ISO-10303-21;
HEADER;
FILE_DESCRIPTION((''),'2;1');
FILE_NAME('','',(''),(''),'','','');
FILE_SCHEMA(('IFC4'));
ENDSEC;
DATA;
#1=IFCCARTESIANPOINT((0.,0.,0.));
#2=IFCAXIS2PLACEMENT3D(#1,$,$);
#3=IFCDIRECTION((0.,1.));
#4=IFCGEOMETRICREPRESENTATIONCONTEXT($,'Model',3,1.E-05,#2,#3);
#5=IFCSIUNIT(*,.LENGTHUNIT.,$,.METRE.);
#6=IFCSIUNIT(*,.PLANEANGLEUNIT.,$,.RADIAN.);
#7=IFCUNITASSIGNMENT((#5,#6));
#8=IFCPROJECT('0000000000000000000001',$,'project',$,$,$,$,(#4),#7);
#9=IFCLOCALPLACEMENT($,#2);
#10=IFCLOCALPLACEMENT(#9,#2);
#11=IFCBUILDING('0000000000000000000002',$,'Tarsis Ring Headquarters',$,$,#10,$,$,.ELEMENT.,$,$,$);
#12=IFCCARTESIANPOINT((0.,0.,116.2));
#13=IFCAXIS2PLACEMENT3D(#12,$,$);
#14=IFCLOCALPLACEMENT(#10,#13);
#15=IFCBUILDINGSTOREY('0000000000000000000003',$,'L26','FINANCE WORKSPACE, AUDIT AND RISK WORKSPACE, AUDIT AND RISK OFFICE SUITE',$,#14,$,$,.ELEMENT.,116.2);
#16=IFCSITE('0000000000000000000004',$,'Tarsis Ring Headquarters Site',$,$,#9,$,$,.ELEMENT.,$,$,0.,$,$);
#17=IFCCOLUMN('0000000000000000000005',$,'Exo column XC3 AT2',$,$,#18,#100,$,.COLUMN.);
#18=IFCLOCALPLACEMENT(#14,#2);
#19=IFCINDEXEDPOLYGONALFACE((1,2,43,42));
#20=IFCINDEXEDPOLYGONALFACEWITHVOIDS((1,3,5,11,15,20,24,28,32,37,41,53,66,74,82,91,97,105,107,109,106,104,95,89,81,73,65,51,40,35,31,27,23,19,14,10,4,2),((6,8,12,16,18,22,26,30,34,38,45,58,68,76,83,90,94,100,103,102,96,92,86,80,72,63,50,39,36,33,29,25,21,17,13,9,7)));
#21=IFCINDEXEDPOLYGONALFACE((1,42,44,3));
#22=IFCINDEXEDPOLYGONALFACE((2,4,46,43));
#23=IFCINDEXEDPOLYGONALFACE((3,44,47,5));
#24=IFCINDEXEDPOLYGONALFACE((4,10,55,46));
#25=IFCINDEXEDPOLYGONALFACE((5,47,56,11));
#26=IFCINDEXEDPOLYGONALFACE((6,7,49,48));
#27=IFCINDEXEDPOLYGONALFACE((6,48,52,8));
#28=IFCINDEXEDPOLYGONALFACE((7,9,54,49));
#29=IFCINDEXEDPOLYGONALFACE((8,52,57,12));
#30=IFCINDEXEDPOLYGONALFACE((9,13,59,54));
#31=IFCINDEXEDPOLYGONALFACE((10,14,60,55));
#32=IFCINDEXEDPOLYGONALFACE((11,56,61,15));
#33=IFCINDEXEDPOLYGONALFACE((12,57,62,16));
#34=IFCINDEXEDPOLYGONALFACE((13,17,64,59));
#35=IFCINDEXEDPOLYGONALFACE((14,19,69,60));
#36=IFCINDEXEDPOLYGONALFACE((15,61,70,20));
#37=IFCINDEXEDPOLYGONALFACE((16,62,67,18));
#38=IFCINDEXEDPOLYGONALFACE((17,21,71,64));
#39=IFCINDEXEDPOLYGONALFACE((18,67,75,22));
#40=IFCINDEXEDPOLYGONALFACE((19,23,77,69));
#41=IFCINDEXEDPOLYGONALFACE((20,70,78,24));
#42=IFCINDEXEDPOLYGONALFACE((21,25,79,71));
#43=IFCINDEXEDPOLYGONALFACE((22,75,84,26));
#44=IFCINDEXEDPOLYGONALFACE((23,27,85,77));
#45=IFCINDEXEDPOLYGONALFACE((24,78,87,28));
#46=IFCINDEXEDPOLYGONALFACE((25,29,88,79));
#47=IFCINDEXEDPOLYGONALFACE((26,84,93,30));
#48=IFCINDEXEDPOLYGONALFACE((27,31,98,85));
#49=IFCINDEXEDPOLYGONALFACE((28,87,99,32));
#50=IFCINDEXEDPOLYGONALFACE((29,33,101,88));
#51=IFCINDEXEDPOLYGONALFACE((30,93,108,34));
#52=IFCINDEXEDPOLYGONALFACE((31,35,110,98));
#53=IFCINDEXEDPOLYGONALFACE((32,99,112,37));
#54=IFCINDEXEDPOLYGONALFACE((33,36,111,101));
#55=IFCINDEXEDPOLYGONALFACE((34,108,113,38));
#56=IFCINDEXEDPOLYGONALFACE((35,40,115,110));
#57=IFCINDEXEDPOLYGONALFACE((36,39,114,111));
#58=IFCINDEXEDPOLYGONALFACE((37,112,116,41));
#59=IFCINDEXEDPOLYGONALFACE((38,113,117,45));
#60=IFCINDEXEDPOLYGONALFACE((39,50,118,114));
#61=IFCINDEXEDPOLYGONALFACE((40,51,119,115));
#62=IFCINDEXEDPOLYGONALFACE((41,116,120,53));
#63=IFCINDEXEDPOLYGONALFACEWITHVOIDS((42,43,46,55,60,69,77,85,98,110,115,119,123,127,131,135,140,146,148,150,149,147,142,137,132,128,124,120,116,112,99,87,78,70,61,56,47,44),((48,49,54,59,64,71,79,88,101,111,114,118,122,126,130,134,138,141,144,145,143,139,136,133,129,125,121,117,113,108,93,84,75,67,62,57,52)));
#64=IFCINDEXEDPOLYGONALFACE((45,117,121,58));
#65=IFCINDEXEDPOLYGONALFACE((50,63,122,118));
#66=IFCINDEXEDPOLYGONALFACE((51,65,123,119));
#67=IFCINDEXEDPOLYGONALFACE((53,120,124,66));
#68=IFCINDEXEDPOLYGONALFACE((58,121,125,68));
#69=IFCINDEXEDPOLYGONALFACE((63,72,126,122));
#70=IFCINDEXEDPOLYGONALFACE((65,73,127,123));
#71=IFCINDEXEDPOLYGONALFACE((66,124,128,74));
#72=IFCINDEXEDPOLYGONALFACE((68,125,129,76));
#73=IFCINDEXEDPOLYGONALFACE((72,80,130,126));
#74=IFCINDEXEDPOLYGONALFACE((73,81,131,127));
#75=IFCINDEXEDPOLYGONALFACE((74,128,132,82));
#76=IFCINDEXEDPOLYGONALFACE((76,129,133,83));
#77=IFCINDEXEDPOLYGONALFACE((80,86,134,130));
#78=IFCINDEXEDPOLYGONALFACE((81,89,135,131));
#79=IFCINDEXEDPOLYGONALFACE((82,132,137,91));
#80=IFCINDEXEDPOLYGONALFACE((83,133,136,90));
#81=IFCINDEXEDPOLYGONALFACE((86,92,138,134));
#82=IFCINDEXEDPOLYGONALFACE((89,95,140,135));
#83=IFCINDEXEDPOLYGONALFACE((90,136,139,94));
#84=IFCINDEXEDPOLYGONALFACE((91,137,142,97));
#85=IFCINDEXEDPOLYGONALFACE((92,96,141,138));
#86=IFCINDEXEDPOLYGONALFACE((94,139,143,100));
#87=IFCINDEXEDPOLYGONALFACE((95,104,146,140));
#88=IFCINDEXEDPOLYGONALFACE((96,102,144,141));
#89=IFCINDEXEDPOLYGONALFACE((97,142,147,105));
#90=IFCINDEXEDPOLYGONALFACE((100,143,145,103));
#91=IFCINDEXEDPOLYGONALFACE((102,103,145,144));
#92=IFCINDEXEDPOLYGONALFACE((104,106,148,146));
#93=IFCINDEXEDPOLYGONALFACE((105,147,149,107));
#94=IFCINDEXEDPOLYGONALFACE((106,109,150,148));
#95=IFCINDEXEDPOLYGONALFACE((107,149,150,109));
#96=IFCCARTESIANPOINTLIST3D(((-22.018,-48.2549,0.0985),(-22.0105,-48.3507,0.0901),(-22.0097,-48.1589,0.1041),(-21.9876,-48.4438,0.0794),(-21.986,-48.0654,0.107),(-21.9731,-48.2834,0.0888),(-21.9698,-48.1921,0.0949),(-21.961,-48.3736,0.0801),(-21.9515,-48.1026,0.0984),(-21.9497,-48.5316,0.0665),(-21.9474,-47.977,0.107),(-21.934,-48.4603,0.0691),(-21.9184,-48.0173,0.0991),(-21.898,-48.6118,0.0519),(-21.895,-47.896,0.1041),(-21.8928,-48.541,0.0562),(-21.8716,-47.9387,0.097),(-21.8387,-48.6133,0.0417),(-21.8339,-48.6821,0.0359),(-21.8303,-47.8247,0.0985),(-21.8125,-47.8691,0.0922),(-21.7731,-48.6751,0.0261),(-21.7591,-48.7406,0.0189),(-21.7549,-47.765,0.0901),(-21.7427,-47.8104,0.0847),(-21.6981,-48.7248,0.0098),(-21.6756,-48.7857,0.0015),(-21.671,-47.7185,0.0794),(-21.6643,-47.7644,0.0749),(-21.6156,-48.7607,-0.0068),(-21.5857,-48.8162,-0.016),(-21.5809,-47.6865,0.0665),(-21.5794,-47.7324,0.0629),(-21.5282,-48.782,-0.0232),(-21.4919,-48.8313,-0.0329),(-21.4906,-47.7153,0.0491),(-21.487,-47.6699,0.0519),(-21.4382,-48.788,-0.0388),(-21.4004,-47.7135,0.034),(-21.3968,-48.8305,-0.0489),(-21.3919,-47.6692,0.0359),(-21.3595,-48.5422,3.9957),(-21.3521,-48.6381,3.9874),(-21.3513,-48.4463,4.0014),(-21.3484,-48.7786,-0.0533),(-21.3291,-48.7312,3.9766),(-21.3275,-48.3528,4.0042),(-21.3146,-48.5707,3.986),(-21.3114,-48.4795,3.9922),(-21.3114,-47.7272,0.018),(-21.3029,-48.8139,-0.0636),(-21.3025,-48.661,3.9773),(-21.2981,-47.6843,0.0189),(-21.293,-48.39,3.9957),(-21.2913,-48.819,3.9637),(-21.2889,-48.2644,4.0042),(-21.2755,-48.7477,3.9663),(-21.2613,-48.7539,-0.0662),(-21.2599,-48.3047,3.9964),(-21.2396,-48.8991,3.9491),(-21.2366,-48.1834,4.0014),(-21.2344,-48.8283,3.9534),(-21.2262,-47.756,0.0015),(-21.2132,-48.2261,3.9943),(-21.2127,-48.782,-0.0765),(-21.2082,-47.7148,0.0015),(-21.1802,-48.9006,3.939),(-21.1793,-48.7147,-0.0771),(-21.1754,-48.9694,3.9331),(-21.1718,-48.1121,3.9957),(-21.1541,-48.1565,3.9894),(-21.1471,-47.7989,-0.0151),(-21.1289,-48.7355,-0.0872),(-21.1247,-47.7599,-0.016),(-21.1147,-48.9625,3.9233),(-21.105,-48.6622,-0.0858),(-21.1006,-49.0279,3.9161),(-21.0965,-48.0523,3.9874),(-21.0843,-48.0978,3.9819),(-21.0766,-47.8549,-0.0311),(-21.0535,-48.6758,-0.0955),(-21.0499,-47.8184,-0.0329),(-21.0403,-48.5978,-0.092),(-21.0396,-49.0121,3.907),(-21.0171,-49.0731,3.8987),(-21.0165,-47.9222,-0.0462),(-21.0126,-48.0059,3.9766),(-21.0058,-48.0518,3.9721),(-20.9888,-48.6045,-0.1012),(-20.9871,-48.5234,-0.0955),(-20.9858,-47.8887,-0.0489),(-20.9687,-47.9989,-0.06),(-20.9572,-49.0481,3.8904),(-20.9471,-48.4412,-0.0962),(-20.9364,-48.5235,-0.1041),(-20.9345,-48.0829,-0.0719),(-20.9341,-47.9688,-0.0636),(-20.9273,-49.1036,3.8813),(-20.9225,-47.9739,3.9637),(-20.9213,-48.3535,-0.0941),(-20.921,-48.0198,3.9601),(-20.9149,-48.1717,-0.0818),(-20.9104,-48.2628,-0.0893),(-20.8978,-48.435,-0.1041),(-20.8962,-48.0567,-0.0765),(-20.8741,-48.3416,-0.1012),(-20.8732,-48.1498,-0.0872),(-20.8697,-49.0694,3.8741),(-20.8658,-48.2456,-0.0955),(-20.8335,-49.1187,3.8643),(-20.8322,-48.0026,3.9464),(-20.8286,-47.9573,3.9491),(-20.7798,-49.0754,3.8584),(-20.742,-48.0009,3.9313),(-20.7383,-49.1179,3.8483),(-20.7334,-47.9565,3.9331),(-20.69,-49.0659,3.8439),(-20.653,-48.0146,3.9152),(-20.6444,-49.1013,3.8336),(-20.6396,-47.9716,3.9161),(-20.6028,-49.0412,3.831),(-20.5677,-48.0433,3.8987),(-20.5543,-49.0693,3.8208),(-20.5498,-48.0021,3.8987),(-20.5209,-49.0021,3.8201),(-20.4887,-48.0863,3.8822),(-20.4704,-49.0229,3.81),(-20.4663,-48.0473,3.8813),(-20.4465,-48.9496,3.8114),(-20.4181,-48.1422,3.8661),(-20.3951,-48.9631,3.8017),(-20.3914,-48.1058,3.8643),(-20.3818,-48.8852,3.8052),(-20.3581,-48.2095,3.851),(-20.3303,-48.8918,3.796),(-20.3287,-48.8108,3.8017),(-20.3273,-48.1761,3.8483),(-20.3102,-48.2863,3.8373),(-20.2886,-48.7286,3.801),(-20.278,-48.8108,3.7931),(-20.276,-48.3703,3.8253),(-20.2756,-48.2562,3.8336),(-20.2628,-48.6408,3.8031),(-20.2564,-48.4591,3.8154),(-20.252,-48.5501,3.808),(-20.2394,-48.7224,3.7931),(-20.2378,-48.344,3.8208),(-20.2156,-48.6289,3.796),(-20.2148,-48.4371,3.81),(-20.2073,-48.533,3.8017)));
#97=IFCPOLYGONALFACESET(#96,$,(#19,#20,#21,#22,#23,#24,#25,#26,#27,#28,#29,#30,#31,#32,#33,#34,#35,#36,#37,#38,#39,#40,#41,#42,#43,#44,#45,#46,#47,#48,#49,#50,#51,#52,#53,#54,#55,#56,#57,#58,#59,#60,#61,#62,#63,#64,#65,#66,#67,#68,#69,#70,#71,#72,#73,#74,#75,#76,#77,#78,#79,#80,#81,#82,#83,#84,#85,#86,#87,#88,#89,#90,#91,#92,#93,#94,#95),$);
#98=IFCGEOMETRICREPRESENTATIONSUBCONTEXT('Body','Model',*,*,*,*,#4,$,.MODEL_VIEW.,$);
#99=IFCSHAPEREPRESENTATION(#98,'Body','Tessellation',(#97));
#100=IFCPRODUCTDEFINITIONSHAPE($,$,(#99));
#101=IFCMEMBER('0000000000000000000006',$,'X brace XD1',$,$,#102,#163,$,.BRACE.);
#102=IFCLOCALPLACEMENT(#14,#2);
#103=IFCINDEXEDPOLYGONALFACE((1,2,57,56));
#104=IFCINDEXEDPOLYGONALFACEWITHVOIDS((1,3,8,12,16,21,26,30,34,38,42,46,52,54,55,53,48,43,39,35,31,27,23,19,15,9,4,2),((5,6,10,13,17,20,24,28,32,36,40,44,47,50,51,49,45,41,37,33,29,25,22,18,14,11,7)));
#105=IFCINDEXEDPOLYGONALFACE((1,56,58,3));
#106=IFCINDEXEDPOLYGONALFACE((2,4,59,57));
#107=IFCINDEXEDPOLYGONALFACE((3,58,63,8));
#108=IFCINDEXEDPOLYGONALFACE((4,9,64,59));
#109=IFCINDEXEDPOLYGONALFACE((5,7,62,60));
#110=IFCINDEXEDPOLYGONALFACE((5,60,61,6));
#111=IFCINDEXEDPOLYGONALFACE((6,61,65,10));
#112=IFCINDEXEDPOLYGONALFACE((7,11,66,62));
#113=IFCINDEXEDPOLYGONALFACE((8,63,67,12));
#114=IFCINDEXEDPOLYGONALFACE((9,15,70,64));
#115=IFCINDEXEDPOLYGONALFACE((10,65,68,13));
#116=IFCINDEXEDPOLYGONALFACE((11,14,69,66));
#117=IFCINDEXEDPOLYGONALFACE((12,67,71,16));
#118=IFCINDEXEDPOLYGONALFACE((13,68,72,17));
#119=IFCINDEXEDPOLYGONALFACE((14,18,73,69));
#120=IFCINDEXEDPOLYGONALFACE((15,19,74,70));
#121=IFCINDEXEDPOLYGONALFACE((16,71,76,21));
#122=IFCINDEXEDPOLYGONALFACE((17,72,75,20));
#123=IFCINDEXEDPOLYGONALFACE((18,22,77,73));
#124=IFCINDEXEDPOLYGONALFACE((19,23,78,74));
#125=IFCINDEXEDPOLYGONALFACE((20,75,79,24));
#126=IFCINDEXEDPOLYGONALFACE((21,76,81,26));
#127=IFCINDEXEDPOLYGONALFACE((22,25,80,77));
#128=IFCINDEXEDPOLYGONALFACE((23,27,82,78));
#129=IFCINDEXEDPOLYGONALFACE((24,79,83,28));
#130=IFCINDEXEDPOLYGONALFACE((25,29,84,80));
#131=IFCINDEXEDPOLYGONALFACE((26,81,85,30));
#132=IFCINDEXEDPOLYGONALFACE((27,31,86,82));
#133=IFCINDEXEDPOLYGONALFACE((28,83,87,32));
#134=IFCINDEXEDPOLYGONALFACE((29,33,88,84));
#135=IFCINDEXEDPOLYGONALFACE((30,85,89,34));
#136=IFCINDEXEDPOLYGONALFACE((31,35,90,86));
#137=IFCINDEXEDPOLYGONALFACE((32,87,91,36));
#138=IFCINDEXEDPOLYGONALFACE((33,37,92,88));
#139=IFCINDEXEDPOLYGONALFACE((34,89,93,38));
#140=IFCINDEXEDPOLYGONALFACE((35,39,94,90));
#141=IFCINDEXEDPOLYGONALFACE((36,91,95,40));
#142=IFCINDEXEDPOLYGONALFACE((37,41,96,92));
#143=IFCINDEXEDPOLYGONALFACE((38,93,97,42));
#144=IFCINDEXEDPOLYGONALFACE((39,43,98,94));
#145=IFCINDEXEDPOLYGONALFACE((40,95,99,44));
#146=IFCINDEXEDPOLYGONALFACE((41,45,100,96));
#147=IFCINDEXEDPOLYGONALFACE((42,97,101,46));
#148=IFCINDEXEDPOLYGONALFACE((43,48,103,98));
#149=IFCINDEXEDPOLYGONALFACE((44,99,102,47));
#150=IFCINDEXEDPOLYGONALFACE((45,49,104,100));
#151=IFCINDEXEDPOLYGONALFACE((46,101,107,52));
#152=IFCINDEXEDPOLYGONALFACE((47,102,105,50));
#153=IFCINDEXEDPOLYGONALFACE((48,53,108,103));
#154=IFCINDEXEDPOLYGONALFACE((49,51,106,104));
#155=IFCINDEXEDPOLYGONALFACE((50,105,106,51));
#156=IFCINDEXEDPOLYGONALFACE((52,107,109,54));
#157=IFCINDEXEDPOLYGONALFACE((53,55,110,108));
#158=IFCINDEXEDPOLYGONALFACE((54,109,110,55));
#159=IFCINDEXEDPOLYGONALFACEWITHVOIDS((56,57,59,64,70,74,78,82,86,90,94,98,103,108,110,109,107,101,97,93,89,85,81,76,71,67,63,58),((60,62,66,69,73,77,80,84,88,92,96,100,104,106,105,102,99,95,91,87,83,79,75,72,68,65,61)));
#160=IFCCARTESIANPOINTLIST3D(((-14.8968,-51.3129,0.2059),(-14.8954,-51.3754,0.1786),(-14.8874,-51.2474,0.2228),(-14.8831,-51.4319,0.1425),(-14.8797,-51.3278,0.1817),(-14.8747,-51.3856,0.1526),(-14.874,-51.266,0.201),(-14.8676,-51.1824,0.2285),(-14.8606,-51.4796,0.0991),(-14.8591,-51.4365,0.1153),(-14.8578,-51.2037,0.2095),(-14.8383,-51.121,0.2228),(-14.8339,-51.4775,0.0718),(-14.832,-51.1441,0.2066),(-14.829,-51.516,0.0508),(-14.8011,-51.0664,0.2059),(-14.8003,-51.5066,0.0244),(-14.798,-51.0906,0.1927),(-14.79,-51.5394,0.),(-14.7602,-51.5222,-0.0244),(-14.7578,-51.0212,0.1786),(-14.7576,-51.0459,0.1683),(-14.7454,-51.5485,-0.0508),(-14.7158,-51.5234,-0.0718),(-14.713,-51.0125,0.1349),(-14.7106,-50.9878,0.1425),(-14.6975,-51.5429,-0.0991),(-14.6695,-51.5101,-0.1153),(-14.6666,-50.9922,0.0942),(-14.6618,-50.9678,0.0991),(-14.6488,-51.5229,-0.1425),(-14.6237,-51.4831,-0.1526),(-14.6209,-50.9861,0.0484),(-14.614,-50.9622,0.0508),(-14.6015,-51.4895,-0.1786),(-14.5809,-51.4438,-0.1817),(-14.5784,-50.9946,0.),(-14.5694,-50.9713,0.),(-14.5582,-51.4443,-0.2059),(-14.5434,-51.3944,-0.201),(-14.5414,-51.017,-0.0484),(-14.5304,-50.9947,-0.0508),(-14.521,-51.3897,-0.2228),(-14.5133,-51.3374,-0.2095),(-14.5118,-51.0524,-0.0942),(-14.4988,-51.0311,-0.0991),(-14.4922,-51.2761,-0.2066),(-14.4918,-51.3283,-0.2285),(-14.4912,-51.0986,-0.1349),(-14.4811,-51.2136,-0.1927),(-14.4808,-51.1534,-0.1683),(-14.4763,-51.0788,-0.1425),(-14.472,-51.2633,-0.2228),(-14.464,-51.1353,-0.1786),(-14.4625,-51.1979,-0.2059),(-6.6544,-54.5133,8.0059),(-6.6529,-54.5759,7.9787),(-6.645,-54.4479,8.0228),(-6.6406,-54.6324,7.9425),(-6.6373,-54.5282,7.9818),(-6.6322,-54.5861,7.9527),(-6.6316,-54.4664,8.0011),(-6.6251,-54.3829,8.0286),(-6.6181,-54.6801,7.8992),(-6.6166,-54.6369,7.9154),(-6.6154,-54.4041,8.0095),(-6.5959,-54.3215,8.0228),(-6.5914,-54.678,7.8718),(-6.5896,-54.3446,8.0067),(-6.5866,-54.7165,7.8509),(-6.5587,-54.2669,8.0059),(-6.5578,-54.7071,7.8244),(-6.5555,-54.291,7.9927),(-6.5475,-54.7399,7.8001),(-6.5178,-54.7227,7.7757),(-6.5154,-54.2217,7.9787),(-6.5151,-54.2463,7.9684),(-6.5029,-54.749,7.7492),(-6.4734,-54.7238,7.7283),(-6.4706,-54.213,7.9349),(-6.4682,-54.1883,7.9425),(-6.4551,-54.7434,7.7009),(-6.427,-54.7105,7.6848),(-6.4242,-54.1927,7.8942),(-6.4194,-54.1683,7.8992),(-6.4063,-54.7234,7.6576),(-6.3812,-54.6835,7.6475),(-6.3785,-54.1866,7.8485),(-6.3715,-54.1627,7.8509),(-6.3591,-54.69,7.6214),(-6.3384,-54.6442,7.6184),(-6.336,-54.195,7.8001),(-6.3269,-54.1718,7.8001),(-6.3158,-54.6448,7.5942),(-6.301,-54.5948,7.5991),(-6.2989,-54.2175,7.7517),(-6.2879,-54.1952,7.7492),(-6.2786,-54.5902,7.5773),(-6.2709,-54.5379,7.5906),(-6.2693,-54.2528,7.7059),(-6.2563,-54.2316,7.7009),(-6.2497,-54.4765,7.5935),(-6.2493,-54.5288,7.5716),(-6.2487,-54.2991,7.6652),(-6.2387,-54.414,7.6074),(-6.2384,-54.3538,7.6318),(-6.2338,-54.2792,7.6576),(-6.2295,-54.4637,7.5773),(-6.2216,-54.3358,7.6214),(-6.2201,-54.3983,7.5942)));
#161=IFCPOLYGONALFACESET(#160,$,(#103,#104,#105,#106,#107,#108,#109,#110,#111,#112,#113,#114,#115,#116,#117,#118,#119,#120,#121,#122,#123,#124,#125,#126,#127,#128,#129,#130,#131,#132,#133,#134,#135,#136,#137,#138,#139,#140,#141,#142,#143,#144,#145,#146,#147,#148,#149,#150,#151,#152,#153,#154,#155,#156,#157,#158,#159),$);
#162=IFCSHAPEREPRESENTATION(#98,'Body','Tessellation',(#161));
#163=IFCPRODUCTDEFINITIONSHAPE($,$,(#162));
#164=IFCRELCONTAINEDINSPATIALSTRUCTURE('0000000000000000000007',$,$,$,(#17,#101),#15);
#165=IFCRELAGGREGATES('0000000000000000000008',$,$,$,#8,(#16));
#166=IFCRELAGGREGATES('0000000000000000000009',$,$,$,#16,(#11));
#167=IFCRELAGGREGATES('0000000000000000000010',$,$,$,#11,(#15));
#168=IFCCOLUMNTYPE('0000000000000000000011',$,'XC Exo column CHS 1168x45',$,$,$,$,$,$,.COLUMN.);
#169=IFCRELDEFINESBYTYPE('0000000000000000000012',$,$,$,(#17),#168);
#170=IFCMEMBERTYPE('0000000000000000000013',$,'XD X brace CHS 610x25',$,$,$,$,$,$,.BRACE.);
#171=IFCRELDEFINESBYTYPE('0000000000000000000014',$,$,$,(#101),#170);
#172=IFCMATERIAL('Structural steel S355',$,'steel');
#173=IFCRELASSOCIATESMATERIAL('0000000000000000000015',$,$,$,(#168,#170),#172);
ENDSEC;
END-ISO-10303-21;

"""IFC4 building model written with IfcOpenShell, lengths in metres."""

from ifc_helpers import new_model, si_unit, direction, frame, origin, origin_2d, place, context, subcontext, project, spatial, hollow_circle, extrude, material, material_profile, profile_set, type_object, element, save


model = new_model("IFC4")

# Units and contexts
model_context = context("Model", 3, precision=1e-05, world=origin(), true_north=direction((0.0, 1.0)))
body_context = subcontext(model_context, "Body", "Model", "MODEL_VIEW")
ifc_project = project(units=[si_unit("LENGTHUNIT", "METRE"), si_unit("PLANEANGLEUNIT", "RADIAN")], contexts=[model_context])

# Site, building, storey
site_placement = place(None, origin())
site = spatial("IfcSite", under=ifc_project, at=site_placement, Name="Tarsis Ring Headquarters Site", CompositionType="ELEMENT", RefElevation=0.0)
building_placement = place(site_placement, origin())
building = spatial("IfcBuilding", under=site, at=building_placement, Name="Tarsis Ring Headquarters", CompositionType="ELEMENT")
storey_placement = place(building_placement, frame((0.0, 0.0, 116.2)))
storey = spatial("IfcBuildingStorey", under=building, at=storey_placement, Name="L26", Description="FINANCE WORKSPACE, AUDIT AND RISK WORKSPACE, AUDIT AND RISK OFFICE SUITE", CompositionType="ELEMENT", Elevation=116.2)

# Column
ifc_material_1 = material(Name="Structural steel S355", Category="steel")
ifc_material_profile_1 = material_profile(ifc_material_1, hollow_circle(Radius=0.5842, WallThickness=0.0449, at=origin_2d()), Name="CHS 1168x45")
ifc_profile_set_1 = profile_set([ifc_material_profile_1], Name="Structural steel S355")
column_type = type_object("IfcColumnType", Name="XC Exo column CHS 1168x45", PredefinedType="COLUMN", material=ifc_profile_set_1)
column_placement = place(storey_placement, frame((-21.4419, -48.2502, 0.0015), z_axis=(0.166154, -0.072511, 0.98343), x_axis=(0.399981, 0.916524, 0.0)))
element("IfcColumn", 1, at=column_placement, inside=storey, type_object=column_type, Name="Exo column XC3 AT2", PredefinedType="COLUMN", context=body_context, shape_type="SweptSolid", body=[
    extrude(hollow_circle(Radius=0.5842, WallThickness=0.0449, at=origin_2d()), origin(), (0.0, 0.0, 1.0), 3.9629),
])

# Member
ifc_material_profile_2 = material_profile(ifc_material_1, hollow_circle(Radius=0.3047, WallThickness=0.0249, at=origin_2d()), Name="CHS 610x25")
ifc_profile_set_2 = profile_set([ifc_material_profile_2], Name="Structural steel S355")
member_type = type_object("IfcMemberType", Name="XD X brace CHS 610x25", PredefinedType="BRACE", material=ifc_profile_set_2)
member_1_placement = place(storey_placement, frame((-14.6797, -51.2554, 0.0), z_axis=(0.69906, -0.271437, 0.661541), x_axis=(0.36196, 0.932194, 0.0)))
element("IfcMember", 2, at=member_1_placement, inside=storey, type_object=member_type, Name="X brace XD1", PredefinedType="BRACE", context=body_context, shape_type="SweptSolid", body=[
    extrude(hollow_circle(Radius=0.3047, WallThickness=0.0249, at=origin_2d()), origin(), (0.0, 0.0, 1.0), 11.7908),
])

save(model, "model.ifc")
